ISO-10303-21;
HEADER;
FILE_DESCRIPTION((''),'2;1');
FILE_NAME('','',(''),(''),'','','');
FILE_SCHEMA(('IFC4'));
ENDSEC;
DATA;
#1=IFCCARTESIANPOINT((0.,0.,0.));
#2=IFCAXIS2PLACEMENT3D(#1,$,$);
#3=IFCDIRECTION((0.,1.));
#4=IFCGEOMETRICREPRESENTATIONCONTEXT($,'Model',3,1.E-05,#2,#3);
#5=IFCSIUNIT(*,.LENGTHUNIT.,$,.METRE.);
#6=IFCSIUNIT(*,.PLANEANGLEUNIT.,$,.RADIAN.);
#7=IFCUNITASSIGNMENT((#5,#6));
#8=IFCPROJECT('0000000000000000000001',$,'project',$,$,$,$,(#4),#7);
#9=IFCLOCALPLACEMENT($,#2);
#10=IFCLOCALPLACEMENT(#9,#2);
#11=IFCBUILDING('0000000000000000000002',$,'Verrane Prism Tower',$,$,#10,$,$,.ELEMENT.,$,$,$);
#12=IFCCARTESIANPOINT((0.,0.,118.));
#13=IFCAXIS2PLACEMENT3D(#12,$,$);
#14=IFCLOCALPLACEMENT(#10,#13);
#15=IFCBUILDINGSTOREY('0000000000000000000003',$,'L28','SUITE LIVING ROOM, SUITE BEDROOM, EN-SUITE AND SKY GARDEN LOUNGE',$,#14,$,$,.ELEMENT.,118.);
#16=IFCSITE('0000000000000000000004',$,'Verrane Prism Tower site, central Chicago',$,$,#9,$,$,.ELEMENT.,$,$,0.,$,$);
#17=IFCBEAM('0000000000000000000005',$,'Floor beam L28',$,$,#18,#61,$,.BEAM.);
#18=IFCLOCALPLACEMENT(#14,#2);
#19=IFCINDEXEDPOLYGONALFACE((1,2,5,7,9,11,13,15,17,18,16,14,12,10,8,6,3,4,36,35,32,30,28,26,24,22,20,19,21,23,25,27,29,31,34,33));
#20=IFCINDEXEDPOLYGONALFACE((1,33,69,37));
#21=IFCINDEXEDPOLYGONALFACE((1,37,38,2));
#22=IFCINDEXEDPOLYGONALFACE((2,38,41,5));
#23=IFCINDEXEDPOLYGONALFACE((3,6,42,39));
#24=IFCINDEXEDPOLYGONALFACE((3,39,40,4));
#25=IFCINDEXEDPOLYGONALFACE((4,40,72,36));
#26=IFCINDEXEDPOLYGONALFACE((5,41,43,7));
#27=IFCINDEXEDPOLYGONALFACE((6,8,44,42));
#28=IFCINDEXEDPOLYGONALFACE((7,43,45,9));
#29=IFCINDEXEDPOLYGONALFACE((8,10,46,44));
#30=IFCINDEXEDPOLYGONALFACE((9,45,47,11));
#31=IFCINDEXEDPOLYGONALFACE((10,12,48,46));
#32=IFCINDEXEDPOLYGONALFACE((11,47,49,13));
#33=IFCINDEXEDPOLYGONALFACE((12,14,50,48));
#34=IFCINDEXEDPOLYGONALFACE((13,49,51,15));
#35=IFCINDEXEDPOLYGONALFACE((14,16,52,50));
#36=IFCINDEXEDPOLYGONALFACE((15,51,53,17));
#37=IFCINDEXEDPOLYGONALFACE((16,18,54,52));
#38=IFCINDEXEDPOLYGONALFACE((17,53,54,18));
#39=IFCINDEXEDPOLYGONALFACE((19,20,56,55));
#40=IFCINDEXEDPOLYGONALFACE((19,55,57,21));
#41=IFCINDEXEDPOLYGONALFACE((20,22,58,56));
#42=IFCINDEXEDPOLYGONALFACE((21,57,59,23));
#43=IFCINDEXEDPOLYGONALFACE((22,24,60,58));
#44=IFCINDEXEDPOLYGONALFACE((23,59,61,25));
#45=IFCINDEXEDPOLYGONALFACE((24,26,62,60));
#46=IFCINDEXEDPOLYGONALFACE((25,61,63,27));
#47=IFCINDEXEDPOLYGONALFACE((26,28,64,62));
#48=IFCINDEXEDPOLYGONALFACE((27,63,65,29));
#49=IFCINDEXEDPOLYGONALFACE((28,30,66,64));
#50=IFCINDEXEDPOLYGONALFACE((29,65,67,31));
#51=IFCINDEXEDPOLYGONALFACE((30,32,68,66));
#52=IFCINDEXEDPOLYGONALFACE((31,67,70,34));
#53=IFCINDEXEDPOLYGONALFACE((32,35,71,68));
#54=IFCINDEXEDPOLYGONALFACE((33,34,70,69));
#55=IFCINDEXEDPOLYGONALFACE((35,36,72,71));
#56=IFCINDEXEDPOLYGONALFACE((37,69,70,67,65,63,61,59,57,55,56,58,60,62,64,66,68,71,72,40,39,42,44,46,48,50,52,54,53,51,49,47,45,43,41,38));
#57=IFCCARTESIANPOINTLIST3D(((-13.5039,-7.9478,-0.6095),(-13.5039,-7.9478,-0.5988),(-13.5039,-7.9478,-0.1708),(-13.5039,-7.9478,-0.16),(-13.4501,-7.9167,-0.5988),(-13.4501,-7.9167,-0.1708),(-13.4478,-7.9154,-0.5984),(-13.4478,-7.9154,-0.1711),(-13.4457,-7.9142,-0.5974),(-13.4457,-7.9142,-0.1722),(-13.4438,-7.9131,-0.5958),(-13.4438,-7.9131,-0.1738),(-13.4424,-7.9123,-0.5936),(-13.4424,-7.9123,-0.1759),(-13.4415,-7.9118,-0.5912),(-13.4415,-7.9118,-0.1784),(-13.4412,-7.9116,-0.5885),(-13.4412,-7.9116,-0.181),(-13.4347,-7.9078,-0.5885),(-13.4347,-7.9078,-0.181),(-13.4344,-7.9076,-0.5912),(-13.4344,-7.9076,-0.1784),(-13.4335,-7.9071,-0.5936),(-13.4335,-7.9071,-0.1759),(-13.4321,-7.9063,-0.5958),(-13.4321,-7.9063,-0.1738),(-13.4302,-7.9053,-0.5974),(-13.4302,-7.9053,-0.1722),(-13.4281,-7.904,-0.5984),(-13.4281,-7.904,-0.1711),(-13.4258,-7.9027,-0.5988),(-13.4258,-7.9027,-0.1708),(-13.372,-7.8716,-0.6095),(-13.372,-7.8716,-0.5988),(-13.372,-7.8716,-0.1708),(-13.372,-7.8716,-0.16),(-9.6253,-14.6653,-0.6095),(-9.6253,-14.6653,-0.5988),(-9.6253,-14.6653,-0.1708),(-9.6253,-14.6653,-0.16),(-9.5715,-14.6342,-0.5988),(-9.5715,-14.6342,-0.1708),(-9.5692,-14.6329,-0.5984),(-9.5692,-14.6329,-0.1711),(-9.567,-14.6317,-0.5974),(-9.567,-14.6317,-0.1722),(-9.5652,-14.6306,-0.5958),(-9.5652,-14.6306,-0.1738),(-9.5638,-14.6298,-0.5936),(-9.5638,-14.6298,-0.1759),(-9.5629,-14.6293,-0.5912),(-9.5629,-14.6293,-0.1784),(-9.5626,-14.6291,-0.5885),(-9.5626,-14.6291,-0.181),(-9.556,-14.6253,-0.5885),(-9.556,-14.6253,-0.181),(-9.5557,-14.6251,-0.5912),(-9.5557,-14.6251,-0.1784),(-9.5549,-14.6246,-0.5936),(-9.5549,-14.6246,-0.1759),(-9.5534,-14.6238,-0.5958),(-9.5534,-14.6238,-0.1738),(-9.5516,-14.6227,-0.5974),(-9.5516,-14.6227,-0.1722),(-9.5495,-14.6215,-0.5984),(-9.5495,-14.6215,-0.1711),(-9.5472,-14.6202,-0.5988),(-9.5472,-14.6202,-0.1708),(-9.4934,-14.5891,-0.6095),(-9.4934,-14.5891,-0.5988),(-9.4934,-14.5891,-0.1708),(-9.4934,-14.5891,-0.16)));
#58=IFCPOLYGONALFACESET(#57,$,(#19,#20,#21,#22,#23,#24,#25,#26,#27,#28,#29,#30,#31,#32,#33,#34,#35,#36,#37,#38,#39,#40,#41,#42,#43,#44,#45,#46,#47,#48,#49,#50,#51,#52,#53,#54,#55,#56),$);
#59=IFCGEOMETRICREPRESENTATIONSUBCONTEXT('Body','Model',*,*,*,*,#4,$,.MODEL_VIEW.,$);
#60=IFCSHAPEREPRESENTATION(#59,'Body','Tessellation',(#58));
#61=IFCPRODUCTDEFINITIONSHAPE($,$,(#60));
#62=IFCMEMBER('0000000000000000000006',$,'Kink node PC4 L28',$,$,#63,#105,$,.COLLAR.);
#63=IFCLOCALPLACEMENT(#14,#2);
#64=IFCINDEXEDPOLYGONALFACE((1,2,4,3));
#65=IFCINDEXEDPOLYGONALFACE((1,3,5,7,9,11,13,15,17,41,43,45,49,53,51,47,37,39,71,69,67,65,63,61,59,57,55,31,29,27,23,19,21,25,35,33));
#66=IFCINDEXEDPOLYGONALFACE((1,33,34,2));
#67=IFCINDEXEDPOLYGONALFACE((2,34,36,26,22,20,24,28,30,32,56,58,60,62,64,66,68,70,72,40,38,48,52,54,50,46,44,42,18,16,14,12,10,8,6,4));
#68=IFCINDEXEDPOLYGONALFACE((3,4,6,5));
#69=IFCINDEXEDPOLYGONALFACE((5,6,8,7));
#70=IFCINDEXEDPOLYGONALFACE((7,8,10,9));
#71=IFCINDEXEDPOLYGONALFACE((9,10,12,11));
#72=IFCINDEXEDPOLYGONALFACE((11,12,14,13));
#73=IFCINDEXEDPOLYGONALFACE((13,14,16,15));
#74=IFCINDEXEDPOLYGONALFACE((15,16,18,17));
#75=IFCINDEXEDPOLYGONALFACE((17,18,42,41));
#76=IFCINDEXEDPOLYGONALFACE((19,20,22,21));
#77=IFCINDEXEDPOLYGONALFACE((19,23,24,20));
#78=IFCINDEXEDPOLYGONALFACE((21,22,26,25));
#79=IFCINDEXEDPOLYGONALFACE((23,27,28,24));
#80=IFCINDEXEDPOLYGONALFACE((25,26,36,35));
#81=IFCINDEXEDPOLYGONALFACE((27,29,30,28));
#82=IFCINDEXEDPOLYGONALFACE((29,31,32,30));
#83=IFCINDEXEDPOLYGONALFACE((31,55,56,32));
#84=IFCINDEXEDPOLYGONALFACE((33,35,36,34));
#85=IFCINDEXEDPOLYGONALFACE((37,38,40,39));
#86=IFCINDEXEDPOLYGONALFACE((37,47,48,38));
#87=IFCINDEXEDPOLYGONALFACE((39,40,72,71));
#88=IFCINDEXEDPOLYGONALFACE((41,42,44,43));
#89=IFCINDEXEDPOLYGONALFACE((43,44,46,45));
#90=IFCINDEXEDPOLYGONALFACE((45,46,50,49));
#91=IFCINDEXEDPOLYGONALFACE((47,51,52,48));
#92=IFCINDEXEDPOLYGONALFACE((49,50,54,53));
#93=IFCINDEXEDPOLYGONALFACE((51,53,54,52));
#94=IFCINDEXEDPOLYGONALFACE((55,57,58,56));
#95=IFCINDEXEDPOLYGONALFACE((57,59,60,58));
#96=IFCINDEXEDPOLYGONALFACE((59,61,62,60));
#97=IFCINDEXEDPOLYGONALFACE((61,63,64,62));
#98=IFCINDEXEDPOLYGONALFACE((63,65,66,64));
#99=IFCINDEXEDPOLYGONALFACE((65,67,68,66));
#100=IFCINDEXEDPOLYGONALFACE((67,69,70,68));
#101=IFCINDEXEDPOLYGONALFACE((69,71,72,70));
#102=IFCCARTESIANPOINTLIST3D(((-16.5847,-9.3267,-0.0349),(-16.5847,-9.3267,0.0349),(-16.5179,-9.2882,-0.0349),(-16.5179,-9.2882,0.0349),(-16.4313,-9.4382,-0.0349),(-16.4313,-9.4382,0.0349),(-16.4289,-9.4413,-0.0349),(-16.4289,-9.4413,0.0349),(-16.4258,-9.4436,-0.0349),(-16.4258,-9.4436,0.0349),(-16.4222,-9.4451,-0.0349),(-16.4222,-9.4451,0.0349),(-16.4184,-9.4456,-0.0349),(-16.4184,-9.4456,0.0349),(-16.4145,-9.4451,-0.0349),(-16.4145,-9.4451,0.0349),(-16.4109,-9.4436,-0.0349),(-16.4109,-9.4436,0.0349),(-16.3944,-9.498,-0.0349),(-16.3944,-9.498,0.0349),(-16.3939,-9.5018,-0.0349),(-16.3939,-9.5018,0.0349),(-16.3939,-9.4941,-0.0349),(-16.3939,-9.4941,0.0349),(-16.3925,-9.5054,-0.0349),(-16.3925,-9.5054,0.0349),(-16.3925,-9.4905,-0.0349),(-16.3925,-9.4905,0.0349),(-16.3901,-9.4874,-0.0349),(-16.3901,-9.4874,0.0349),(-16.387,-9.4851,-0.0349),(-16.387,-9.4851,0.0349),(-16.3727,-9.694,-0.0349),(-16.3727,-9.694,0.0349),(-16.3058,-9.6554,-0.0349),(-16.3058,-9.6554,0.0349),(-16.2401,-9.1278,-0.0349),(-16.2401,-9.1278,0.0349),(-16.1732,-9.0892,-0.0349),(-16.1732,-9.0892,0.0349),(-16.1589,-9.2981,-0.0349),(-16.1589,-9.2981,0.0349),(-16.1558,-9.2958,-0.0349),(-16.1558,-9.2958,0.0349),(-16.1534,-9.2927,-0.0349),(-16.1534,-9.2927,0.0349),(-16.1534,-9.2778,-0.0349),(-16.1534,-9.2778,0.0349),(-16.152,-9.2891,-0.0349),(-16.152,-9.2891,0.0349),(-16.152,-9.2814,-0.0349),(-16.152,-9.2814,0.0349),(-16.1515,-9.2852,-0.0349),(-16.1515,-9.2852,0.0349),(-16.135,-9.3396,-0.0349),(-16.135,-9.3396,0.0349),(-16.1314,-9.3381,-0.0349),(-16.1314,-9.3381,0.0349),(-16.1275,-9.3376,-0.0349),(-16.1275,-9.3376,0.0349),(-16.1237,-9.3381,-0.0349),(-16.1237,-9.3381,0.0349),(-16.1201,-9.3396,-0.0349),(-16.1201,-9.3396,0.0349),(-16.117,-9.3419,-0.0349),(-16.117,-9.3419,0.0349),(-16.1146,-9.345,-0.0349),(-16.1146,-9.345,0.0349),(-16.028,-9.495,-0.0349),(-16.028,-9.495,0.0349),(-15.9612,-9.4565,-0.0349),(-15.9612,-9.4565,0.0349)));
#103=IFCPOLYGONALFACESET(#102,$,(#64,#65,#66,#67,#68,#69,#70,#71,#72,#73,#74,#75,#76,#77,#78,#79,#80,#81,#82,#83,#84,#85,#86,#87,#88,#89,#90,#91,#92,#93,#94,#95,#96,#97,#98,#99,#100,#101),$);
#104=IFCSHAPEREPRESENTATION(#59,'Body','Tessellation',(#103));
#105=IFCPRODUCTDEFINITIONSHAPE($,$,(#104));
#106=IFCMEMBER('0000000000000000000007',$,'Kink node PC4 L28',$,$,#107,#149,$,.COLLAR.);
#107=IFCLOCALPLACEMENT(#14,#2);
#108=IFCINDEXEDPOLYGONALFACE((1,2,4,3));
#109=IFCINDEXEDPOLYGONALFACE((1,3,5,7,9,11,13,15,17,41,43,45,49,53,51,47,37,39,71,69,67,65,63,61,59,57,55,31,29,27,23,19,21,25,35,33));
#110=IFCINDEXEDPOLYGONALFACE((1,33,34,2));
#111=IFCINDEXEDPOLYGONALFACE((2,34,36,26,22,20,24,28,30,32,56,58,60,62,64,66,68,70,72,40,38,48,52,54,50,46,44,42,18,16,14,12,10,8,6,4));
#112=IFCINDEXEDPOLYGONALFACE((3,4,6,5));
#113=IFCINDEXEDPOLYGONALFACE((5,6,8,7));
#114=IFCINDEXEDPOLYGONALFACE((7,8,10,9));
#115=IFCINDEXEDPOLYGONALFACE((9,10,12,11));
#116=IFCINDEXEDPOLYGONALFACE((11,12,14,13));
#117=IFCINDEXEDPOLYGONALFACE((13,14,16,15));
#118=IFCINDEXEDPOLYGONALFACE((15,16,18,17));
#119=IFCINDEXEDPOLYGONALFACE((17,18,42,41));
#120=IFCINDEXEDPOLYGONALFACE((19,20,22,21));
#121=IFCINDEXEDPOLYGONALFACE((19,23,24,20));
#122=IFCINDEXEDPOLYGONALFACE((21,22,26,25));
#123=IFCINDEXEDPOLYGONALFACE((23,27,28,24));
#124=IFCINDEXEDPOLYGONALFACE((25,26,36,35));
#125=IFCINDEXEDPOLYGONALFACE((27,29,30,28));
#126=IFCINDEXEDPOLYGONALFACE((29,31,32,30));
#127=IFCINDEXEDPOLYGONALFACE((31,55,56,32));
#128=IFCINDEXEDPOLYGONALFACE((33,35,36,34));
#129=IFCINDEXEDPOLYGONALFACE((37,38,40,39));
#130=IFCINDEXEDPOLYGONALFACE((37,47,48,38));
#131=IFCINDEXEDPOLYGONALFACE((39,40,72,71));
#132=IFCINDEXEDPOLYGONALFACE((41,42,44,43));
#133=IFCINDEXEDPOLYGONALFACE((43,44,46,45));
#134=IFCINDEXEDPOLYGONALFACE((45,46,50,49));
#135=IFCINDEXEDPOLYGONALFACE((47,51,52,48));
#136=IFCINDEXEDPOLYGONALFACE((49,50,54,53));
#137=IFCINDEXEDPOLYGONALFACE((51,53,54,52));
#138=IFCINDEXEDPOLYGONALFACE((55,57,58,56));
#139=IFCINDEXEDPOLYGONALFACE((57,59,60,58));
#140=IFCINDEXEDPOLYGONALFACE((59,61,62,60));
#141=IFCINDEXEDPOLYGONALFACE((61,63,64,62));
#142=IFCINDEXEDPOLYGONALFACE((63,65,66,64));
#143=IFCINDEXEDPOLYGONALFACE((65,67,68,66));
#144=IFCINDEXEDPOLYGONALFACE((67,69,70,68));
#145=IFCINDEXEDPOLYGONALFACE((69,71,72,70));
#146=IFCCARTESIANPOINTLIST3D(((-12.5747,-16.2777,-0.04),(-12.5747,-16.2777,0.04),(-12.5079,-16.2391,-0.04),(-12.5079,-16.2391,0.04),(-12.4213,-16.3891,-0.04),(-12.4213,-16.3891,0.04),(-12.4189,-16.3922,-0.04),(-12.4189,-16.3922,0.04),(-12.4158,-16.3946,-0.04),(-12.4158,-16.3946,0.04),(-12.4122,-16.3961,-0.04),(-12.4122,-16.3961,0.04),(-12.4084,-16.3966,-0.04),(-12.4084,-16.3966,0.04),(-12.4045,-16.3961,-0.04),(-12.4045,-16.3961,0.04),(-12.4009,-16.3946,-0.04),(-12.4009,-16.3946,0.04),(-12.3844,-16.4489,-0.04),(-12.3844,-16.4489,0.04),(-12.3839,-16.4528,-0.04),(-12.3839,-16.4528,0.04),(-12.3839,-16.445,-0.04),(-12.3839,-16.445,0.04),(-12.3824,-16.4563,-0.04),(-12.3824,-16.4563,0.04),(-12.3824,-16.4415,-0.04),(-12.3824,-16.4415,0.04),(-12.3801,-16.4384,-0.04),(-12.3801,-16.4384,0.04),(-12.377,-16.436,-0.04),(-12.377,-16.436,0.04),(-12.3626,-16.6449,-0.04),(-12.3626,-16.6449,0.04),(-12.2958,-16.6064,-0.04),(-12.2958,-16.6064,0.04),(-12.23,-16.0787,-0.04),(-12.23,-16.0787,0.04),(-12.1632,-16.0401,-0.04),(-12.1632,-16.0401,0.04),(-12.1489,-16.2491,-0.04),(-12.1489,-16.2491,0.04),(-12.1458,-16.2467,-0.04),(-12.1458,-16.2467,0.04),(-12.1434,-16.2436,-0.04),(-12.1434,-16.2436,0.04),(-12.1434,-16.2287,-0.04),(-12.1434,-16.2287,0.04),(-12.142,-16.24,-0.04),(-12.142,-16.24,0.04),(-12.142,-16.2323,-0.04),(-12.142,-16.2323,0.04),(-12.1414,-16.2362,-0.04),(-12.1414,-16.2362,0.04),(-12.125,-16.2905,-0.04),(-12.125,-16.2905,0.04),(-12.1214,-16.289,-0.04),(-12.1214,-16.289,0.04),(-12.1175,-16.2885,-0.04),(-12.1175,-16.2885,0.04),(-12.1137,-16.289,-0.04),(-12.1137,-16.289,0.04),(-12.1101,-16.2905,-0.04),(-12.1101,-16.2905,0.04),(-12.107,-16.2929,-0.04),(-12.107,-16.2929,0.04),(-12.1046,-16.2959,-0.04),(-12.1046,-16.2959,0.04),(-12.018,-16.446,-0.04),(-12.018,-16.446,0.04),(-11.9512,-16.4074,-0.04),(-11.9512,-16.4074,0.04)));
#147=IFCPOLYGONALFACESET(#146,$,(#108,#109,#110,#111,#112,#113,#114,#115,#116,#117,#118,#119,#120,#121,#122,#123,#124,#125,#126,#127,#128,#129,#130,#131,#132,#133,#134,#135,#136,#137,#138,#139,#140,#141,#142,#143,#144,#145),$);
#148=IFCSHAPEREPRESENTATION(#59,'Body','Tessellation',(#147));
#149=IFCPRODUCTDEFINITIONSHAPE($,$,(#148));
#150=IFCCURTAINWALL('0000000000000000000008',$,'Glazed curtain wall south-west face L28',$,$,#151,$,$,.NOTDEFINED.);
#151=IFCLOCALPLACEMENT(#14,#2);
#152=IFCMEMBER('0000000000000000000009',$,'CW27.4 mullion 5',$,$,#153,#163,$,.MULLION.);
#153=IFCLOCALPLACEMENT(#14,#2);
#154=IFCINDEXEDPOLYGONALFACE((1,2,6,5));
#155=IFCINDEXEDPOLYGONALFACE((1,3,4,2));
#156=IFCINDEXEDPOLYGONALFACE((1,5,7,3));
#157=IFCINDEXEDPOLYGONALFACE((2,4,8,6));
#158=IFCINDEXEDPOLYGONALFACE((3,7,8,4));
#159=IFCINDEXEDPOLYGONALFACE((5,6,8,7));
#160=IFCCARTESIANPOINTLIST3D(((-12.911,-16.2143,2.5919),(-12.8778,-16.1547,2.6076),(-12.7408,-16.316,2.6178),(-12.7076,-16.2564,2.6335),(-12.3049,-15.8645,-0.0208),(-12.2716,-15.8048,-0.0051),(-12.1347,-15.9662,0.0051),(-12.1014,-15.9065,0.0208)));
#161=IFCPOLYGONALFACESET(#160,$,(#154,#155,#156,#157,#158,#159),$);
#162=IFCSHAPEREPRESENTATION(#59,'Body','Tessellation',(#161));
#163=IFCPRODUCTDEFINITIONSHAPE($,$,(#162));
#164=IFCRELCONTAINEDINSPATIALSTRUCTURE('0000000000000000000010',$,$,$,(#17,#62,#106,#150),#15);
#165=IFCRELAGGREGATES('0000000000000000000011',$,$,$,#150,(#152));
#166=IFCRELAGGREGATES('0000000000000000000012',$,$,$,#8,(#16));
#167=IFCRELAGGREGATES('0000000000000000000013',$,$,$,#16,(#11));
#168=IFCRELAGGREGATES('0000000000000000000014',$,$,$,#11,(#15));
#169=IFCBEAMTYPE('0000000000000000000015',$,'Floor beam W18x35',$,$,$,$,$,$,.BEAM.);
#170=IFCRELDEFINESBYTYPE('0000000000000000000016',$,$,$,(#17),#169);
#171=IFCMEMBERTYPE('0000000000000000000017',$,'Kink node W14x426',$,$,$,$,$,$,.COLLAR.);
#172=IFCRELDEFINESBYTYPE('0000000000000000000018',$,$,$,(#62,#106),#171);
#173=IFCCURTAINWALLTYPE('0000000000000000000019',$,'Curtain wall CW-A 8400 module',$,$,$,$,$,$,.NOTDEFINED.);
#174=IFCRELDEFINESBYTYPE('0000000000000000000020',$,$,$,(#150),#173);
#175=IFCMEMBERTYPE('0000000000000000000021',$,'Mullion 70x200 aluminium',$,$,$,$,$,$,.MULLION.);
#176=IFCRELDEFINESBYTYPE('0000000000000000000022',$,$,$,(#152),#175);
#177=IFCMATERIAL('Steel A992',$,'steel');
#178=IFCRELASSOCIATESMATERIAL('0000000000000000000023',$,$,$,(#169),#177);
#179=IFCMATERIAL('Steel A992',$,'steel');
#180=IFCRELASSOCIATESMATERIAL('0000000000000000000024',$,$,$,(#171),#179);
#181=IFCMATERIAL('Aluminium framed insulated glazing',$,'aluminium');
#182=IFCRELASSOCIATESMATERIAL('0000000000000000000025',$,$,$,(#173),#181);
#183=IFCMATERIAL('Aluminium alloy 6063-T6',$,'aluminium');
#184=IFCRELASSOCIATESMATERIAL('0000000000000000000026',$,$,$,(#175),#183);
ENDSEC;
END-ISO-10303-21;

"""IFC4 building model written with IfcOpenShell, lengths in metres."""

from ifc_helpers import new_model, si_unit, direction, frame, origin, origin_2d, place, context, subcontext, project, spatial, rectangle, i_section, extrude, material, material_profile, profile_set, type_object, element, aggregate, save


model = new_model("IFC4")

# Units and contexts
model_context = context("Model", 3, precision=1e-05, world=origin(), true_north=direction((0.0, 1.0)))
body_context = subcontext(model_context, "Body", "Model", "MODEL_VIEW")
ifc_project = project(units=[si_unit("LENGTHUNIT", "METRE"), si_unit("PLANEANGLEUNIT", "RADIAN")], contexts=[model_context])

# Site, building, storey
site_placement = place(None, origin())
site = spatial("IfcSite", under=ifc_project, at=site_placement, Name="Verrane Prism Tower site, central Chicago", CompositionType="ELEMENT", RefElevation=0.0)
building_placement = place(site_placement, origin())
building = spatial("IfcBuilding", under=site, at=building_placement, Name="Verrane Prism Tower", CompositionType="ELEMENT")
storey_placement = place(building_placement, frame((0.0, 0.0, 118.0)))
storey = spatial("IfcBuildingStorey", under=building, at=storey_placement, Name="L28", Description="SUITE LIVING ROOM, SUITE BEDROOM, EN-SUITE AND SKY GARDEN LOUNGE", CompositionType="ELEMENT", Elevation=118.0)

# Beam
ifc_material_1 = material(Name="Steel A992", Category="steel")
ifc_material_profile_1 = material_profile(ifc_material_1, i_section(OverallWidth=0.1523, OverallDepth=0.4495, WebThickness=0.0076, FlangeThickness=0.0107, FilletRadius=0.0103, at=origin_2d()), Name="W18x35")
ifc_profile_set_1 = profile_set([ifc_material_profile_1], Name="Steel A992")
beam_type_1 = type_object("IfcBeamType", Name="Floor beam W18x35", PredefinedType="BEAM", material=ifc_profile_set_1)
for number, where, z_axis, x_axis, name in (
    (1, (-9.5593, -14.6272, -0.3848), (-0.500028, 0.866009, 0.0), (-0.866009, -0.500028, 0.0), "Floor beam L28"),
):
    element("IfcBeam", number, at=place(storey_placement, frame(where, z_axis=z_axis, x_axis=x_axis)), inside=storey, type_object=beam_type_1, Name=name, PredefinedType="BEAM", context=body_context, shape_type="SweptSolid", body=[
        extrude(i_section(OverallWidth=0.1523, OverallDepth=0.4495, WebThickness=0.0076, FlangeThickness=0.0107, FilletRadius=0.0103, at=origin_2d()), origin(), (0.0, 0.0, 1.0), 7.7568),
    ])

# Members
ifc_material_2 = material(Name="Steel A992", Category="steel")
ifc_material_profile_2 = material_profile(ifc_material_2, i_section(OverallWidth=0.4241, OverallDepth=0.4751, WebThickness=0.0479, FlangeThickness=0.0771, FilletRadius=0.0149, at=origin_2d()), Name="W14x426")
ifc_profile_set_2 = profile_set([ifc_material_profile_2], Name="Steel A992")
member_type_1 = type_object("IfcMemberType", Name="Kink node W14x426", PredefinedType="COLLAR", material=ifc_profile_set_2)
member_1_placement = place(storey_placement, frame((-16.2729, -9.3916, -0.0349), z_axis=(0.0, 0.0, 1.0), x_axis=(-0.5, 0.866025, 0.0)))
element("IfcMember", 2, at=member_1_placement, inside=storey, type_object=member_type_1, Name="Kink node PC4 L28", PredefinedType="COLLAR", context=body_context, shape_type="SweptSolid", body=[
    extrude(i_section(OverallWidth=0.4241, OverallDepth=0.4751, WebThickness=0.0479, FlangeThickness=0.0771, FilletRadius=0.0149, at=origin_2d()), origin(), (0.0, 0.0, 1.0), 0.0698),
])
member_2_placement = place(storey_placement, frame((-12.2629, -16.3425, -0.04), z_axis=(0.0, 0.0, 1.0), x_axis=(-0.5, 0.866025, 0.0)))
element("IfcMember", 3, at=member_2_placement, inside=storey, type_object=member_type_1, Name="Kink node PC4 L28", PredefinedType="COLLAR", context=body_context, shape_type="SweptSolid", body=[
    extrude(i_section(OverallWidth=0.4241, OverallDepth=0.4751, WebThickness=0.0479, FlangeThickness=0.0771, FilletRadius=0.0149, at=origin_2d()), origin(), (0.0, 0.0, 1.0), 0.0801),
])

# Curtain wall, member
ifc_material_3 = material(Name="Aluminium framed insulated glazing", Category="aluminium")
curtain_wall_type = type_object("IfcCurtainWallType", Name="Curtain wall CW-A 8400 module", PredefinedType="NOTDEFINED", material=ifc_material_3)
curtain_wall_placement = place(storey_placement, origin())
curtain_wall = element("IfcCurtainWall", 4, at=curtain_wall_placement, inside=storey, type_object=curtain_wall_type, Name="Glazed curtain wall south-west face L28", PredefinedType="NOTDEFINED")
ifc_material_4 = material(Name="Aluminium alloy 6063-T6", Category="aluminium")
ifc_material_profile_3 = material_profile(ifc_material_4, rectangle(XDim=0.2, YDim=0.0701, at=origin_2d()), Name="Mullion 70x200 aluminium")
ifc_profile_set_3 = profile_set([ifc_material_profile_3], Name="Aluminium alloy 6063-T6")
member_type_2 = type_object("IfcMemberType", Name="Mullion 70x200 aluminium", PredefinedType="MULLION", material=ifc_profile_set_3)
member_3_placement = place(storey_placement, frame((-12.2031, -15.8855, 0.0), z_axis=(-0.224111, -0.12934, 0.965943), x_axis=(0.851191, -0.50866, 0.129378)))
member_3 = element("IfcMember", 5, at=member_3_placement, type_object=member_type_2, Name="CW27.4 mullion 5", PredefinedType="MULLION", context=body_context, shape_type="SweptSolid", body=[
    extrude(rectangle(XDim=0.2, YDim=0.0701, at=origin_2d()), origin(), (0.0, 0.0, 1.0), 2.7048),
])

aggregate(curtain_wall, [member_3])

save(model, "model.ifc")
